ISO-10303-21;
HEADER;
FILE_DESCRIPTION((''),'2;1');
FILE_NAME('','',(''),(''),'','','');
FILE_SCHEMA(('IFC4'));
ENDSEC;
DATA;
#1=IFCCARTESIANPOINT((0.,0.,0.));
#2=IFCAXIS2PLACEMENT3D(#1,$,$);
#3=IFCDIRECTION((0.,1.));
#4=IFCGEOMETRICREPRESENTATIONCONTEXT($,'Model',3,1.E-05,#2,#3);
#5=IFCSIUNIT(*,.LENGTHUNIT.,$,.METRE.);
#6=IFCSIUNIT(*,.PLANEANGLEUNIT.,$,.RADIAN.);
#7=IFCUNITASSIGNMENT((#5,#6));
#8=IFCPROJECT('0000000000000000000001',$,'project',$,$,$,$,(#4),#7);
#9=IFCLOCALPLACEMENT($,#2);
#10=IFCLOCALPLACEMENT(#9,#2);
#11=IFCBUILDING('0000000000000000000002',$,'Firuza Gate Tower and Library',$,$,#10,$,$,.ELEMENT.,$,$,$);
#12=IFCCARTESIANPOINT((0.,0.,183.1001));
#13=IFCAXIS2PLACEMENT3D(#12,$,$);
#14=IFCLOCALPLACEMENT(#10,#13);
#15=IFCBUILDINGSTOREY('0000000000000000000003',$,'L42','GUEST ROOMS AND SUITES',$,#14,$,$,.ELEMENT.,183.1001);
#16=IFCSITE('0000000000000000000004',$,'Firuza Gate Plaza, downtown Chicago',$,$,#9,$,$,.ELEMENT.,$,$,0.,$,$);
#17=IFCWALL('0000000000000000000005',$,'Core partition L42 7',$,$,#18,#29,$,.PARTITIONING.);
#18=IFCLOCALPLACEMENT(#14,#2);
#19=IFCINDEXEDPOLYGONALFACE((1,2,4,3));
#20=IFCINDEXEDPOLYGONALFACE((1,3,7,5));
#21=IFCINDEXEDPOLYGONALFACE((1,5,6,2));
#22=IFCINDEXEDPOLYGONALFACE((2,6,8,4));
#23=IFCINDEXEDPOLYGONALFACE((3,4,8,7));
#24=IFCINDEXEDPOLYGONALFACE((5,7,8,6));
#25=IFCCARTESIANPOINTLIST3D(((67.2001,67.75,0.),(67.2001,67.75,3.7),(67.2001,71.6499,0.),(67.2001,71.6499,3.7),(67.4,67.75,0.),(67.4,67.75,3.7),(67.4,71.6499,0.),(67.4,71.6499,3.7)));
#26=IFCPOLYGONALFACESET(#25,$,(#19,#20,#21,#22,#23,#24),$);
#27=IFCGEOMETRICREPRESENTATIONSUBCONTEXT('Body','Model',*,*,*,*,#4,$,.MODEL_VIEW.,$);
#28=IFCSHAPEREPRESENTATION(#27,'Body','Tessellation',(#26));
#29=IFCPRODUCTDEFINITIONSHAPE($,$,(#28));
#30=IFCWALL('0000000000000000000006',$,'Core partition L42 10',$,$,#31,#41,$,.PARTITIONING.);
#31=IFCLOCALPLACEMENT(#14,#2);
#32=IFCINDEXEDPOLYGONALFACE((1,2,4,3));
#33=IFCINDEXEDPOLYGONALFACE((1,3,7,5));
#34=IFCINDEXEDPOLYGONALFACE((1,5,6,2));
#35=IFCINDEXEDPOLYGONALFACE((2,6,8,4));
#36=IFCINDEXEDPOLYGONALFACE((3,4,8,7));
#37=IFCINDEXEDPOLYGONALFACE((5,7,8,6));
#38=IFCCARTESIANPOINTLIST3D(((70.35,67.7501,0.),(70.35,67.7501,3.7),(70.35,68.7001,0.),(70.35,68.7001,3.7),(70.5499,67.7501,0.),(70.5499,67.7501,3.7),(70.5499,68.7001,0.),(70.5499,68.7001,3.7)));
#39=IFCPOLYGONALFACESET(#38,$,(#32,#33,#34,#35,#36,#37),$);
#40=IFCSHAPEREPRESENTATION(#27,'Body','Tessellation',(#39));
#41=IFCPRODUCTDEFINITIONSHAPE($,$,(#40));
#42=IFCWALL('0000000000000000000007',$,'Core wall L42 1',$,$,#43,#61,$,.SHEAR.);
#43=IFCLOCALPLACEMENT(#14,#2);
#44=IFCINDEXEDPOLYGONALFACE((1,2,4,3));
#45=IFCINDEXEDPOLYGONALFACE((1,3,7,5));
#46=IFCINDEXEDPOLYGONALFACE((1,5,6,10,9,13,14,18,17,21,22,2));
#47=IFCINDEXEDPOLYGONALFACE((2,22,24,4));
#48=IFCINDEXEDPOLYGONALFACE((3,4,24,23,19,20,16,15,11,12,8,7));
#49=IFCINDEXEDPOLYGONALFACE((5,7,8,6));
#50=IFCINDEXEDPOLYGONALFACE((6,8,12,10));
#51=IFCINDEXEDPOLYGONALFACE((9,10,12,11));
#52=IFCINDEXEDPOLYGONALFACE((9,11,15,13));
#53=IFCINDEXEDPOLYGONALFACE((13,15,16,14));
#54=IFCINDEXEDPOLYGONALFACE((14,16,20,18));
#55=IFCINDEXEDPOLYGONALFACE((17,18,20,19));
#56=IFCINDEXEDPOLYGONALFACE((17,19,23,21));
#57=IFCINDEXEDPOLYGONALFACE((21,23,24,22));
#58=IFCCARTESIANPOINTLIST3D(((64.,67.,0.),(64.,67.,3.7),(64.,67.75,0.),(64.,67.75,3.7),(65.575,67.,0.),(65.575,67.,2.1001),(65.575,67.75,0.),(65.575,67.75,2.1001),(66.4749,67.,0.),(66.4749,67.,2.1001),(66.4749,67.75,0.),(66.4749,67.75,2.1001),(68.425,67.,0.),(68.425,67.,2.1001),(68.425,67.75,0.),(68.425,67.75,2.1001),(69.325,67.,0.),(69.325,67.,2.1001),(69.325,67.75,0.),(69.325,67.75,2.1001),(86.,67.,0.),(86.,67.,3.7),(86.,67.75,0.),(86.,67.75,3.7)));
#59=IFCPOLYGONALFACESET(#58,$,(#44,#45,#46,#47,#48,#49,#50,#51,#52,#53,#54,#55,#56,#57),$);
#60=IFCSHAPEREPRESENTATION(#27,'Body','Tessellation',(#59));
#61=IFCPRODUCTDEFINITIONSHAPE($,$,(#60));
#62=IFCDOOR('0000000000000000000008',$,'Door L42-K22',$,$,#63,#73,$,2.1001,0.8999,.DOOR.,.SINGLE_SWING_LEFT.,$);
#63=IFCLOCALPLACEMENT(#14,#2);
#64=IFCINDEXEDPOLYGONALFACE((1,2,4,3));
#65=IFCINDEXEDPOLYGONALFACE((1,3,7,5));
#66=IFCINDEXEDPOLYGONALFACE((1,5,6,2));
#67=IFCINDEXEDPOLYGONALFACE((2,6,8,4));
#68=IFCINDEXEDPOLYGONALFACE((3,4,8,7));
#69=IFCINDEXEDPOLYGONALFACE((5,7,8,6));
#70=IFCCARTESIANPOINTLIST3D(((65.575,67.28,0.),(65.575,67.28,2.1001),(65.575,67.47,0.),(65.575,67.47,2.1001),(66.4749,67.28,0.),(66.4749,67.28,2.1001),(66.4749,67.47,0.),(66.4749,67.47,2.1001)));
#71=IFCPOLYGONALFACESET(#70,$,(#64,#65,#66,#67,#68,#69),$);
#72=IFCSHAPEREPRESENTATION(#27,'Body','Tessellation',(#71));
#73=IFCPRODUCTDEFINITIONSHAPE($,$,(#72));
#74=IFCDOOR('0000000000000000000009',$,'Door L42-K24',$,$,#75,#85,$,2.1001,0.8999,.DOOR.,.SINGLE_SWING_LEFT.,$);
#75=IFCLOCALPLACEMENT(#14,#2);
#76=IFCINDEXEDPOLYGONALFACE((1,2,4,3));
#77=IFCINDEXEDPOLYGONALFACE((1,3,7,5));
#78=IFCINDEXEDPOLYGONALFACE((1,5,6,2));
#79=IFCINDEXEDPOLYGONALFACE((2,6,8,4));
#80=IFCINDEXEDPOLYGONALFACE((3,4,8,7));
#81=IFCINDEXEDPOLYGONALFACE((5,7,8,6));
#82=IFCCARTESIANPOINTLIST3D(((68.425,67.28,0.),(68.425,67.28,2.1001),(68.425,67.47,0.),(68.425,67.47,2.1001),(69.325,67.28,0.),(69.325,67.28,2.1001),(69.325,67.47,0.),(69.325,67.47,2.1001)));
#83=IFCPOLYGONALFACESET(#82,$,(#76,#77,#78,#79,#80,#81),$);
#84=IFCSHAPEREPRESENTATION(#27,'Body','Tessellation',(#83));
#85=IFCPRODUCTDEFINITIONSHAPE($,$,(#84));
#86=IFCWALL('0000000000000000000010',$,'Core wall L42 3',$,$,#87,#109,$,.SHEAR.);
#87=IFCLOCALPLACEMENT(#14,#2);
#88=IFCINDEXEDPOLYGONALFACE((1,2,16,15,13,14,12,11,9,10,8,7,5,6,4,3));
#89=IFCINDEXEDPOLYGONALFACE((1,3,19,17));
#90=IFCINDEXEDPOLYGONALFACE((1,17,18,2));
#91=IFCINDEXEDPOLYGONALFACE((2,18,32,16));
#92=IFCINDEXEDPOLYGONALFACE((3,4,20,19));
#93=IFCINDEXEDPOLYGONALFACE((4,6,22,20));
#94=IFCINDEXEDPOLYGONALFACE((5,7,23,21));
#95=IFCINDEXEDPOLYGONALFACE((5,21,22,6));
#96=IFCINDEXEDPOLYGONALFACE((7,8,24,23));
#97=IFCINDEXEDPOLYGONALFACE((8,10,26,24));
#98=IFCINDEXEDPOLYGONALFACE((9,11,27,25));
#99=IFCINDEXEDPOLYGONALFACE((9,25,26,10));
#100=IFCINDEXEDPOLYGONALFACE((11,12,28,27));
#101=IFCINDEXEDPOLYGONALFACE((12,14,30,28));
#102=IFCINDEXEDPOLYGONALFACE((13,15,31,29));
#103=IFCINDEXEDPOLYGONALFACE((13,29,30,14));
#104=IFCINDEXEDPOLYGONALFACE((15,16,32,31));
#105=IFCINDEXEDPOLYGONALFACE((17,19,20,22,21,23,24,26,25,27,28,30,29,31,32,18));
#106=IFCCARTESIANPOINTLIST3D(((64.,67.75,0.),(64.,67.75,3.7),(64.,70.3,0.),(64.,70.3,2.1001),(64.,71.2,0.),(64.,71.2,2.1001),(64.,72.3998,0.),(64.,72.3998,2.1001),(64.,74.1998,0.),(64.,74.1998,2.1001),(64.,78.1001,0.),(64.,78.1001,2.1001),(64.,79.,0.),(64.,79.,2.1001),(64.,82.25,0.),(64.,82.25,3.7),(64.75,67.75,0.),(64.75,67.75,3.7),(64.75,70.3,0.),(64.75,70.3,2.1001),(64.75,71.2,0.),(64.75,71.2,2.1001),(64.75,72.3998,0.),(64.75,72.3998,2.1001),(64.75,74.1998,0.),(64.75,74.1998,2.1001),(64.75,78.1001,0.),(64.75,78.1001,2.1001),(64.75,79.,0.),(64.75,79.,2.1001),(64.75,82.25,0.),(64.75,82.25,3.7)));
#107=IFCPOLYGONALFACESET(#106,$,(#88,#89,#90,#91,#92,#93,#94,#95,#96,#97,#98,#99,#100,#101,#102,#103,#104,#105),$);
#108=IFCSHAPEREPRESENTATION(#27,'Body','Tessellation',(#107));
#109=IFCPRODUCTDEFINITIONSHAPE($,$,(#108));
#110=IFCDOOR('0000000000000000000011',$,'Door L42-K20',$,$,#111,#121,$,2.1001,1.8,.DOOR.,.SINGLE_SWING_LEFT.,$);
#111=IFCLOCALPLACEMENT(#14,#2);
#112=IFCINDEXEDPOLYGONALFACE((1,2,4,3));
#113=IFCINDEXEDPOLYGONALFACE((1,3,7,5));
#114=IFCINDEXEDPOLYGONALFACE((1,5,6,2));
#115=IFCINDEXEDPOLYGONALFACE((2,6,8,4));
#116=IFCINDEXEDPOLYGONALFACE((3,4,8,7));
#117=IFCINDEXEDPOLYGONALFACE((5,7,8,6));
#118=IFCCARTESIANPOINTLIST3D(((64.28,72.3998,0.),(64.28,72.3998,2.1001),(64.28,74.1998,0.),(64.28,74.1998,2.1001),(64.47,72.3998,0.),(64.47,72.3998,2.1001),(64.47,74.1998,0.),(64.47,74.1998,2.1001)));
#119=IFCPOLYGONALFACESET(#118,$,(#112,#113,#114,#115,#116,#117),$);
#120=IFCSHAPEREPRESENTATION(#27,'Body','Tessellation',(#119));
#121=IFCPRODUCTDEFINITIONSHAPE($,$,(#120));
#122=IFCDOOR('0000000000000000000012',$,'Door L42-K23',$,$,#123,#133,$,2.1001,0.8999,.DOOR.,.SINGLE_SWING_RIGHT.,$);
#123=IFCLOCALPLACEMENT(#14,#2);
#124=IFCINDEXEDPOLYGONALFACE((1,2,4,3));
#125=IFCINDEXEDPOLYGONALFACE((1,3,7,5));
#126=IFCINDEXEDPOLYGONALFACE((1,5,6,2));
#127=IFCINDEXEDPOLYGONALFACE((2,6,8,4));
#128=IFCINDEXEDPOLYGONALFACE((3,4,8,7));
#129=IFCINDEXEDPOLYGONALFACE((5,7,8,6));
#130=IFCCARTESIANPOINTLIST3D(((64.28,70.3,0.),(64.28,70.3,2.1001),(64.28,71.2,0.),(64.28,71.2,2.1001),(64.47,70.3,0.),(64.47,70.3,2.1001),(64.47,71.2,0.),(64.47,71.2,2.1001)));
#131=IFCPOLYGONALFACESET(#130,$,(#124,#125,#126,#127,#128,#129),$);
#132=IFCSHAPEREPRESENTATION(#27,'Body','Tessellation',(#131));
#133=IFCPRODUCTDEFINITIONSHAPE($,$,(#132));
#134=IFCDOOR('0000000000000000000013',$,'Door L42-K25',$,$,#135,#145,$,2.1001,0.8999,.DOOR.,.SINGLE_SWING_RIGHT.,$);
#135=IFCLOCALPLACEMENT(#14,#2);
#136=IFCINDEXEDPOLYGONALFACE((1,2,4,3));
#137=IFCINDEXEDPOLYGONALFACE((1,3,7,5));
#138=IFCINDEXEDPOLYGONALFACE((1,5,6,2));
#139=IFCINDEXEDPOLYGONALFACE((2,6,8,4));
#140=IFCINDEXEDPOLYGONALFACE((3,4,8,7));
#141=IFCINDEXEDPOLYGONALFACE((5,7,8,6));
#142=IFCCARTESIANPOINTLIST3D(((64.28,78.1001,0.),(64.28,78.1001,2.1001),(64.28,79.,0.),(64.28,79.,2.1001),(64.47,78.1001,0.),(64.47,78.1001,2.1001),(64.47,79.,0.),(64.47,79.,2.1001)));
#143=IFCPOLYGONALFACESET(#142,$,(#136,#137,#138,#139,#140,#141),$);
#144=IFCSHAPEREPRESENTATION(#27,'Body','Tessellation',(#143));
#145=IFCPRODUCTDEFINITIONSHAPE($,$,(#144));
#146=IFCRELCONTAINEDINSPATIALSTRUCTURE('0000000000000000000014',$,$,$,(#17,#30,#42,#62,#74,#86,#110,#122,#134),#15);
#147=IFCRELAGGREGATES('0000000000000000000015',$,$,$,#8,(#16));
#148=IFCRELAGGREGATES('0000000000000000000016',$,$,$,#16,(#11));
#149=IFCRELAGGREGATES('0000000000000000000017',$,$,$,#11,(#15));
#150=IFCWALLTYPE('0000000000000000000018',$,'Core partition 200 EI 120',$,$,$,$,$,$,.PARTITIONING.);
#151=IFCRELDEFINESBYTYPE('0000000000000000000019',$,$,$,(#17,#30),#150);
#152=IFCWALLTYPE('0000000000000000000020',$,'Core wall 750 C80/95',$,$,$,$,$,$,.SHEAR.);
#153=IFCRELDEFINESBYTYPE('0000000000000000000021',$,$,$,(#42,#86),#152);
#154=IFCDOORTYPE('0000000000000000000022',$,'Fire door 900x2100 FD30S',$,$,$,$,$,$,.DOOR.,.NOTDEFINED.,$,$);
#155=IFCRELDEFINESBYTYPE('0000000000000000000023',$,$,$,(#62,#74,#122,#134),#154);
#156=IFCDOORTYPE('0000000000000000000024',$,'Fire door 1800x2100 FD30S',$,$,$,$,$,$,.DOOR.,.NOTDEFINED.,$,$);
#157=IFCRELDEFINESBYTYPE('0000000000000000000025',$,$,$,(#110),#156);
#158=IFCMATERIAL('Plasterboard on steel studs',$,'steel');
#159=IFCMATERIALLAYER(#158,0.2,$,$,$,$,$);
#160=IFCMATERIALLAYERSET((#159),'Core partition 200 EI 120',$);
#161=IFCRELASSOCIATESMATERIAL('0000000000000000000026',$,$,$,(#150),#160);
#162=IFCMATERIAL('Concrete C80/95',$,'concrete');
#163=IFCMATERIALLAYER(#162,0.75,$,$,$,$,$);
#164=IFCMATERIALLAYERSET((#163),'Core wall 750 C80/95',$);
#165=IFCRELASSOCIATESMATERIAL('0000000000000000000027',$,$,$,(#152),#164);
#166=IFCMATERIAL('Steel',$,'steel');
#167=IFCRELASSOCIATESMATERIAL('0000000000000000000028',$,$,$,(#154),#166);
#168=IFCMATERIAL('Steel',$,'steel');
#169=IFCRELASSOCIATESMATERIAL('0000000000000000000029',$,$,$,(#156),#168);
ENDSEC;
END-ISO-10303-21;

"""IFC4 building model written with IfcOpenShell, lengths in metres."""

from ifc_helpers import new_model, si_unit, direction, frame, frame_2d, origin, place, context, subcontext, project, spatial, rectangle, extrude, material, layer, layer_set, type_object, element, fill, save


model = new_model("IFC4")

# Units and contexts
model_context = context("Model", 3, precision=1e-05, world=origin(), true_north=direction((0.0, 1.0)))
body_context = subcontext(model_context, "Body", "Model", "MODEL_VIEW")
ifc_project = project(units=[si_unit("LENGTHUNIT", "METRE"), si_unit("PLANEANGLEUNIT", "RADIAN")], contexts=[model_context])

# Site, building, storey
site_placement = place(None, origin())
site = spatial("IfcSite", under=ifc_project, at=site_placement, Name="Firuza Gate Plaza, downtown Chicago", CompositionType="ELEMENT", RefElevation=0.0)
building_placement = place(site_placement, origin())
building = spatial("IfcBuilding", under=site, at=building_placement, Name="Firuza Gate Tower and Library", CompositionType="ELEMENT")
storey_placement = place(building_placement, frame((0.0, 0.0, 183.1001)))
storey = spatial("IfcBuildingStorey", under=building, at=storey_placement, Name="L42", Description="GUEST ROOMS AND SUITES", CompositionType="ELEMENT", Elevation=183.1001)

# Walls
ifc_material_1 = material(Name="Plasterboard on steel studs", Category="steel")
ifc_layer_1 = layer(ifc_material_1, 0.2)
ifc_layer_set_1 = layer_set([ifc_layer_1], Name="Core partition 200 EI 120")
wall_type_1 = type_object("IfcWallType", Name="Core partition 200 EI 120", PredefinedType="PARTITIONING", material=ifc_layer_set_1)
wall_1_placement = place(storey_placement, frame((67.3, 67.75, 0.0), z_axis=(0.0, 0.0, 1.0), x_axis=(0.0, 1.0, 0.0)))
element("IfcWall", 1, at=wall_1_placement, inside=storey, type_object=wall_type_1, Name="Core partition L42 7", PredefinedType="PARTITIONING", context=body_context, shape_type="SweptSolid", body=[
    extrude(rectangle(XDim=3.8999, YDim=0.2, at=frame_2d((1.95, 0.0))), origin(), (0.0, 0.0, 1.0), 3.7),
])
wall_2_placement = place(storey_placement, frame((70.45, 67.75, 0.0), z_axis=(0.0, 0.0, 1.0), x_axis=(0.0, 1.0, 0.0)))
element("IfcWall", 2, at=wall_2_placement, inside=storey, type_object=wall_type_1, Name="Core partition L42 10", PredefinedType="PARTITIONING", context=body_context, shape_type="SweptSolid", body=[
    extrude(rectangle(XDim=0.95, YDim=0.2, at=frame_2d((0.4751, 0.0))), origin(), (0.0, 0.0, 1.0), 3.7),
])

# Walls, openings, doors
ifc_material_2 = material(Name="Concrete C80/95", Category="concrete")
ifc_layer_2 = layer(ifc_material_2, 0.75)
ifc_layer_set_2 = layer_set([ifc_layer_2], Name="Core wall 750 C80/95")
wall_type_2 = type_object("IfcWallType", Name="Core wall 750 C80/95", PredefinedType="SHEAR", material=ifc_layer_set_2)
wall_3_placement = place(storey_placement, frame((64.0, 67.375, 0.0), z_axis=(0.0, 0.0, 1.0), x_axis=(1.0, 0.0, 0.0)))
wall_3 = element("IfcWall", 3, at=wall_3_placement, inside=storey, type_object=wall_type_2, Name="Core wall L42 1", PredefinedType="SHEAR", context=body_context, shape_type="SweptSolid", body=[
    extrude(rectangle(XDim=22.0, YDim=0.75, at=frame_2d((11.0, 0.0))), origin(), (0.0, 0.0, 1.0), 3.7),
])
opening_1_placement = place(wall_3_placement, frame((1.575, 0.0, 0.0)))
opening_1 = element("IfcOpeningElement", 4, at=opening_1_placement, cuts=wall_3, PredefinedType="OPENING", context=body_context, shape_type="SweptSolid", body=[
    extrude(rectangle(XDim=0.8999, YDim=2.1001, at=frame_2d((0.45, 1.05))), frame((0.0, 0.385, 0.0), z_axis=(0.0, -1.0, 0.0), x_axis=(1.0, 0.0, 0.0)), (0.0, 0.0, 1.0), 0.77),
])
opening_2_placement = place(wall_3_placement, frame((4.425, 0.0, 0.0)))
opening_2 = element("IfcOpeningElement", 5, at=opening_2_placement, cuts=wall_3, PredefinedType="OPENING", context=body_context, shape_type="SweptSolid", body=[
    extrude(rectangle(XDim=0.8999, YDim=2.1001, at=frame_2d((0.45, 1.05))), frame((0.0, 0.385, 0.0), z_axis=(0.0, -1.0, 0.0), x_axis=(1.0, 0.0, 0.0)), (0.0, 0.0, 1.0), 0.77),
])
ifc_material_3 = material(Name="Steel", Category="steel")
door_type_1 = type_object("IfcDoorType", Name="Fire door 900x2100 FD30S", OperationType="NOTDEFINED", PredefinedType="DOOR", material=ifc_material_3)
door_1_placement = place(opening_1_placement, origin())
door_1 = element("IfcDoor", 6, at=door_1_placement, inside=storey, type_object=door_type_1, Name="Door L42-K22", OperationType="SINGLE_SWING_LEFT", OverallHeight=2.1001, OverallWidth=0.8999, PredefinedType="DOOR", context=body_context, shape_type="SweptSolid", body=[
    extrude(rectangle(XDim=0.8999, YDim=2.1001, at=frame_2d((0.45, 1.05))), frame((0.0, 0.095, 0.0), z_axis=(0.0, -1.0, 0.0), x_axis=(1.0, 0.0, 0.0)), (0.0, 0.0, 1.0), 0.1899),
])
fill(opening_1, door_1)
door_2_placement = place(opening_2_placement, origin())
door_2 = element("IfcDoor", 7, at=door_2_placement, inside=storey, type_object=door_type_1, Name="Door L42-K24", OperationType="SINGLE_SWING_LEFT", OverallHeight=2.1001, OverallWidth=0.8999, PredefinedType="DOOR", context=body_context, shape_type="SweptSolid", body=[
    extrude(rectangle(XDim=0.8999, YDim=2.1001, at=frame_2d((0.45, 1.05))), frame((0.0, 0.095, 0.0), z_axis=(0.0, -1.0, 0.0), x_axis=(1.0, 0.0, 0.0)), (0.0, 0.0, 1.0), 0.1899),
])
fill(opening_2, door_2)
wall_4_placement = place(storey_placement, frame((64.375, 67.75, 0.0), z_axis=(0.0, 0.0, 1.0), x_axis=(0.0, 1.0, 0.0)))
wall_4 = element("IfcWall", 8, at=wall_4_placement, inside=storey, type_object=wall_type_2, Name="Core wall L42 3", PredefinedType="SHEAR", context=body_context, shape_type="SweptSolid", body=[
    extrude(rectangle(XDim=14.5, YDim=0.75, at=frame_2d((7.25, 0.0))), origin(), (0.0, 0.0, 1.0), 3.7),
])
opening_3_placement = place(wall_4_placement, frame((4.6499, 0.0, 0.0)))
opening_3 = element("IfcOpeningElement", 9, at=opening_3_placement, cuts=wall_4, PredefinedType="OPENING", context=body_context, shape_type="SweptSolid", body=[
    extrude(rectangle(XDim=1.8, YDim=2.1001, at=frame_2d((0.8999, 1.05))), frame((0.0, 0.385, 0.0), z_axis=(0.0, -1.0, 0.0), x_axis=(1.0, 0.0, 0.0)), (0.0, 0.0, 1.0), 0.77),
])
opening_4_placement = place(wall_4_placement, frame((2.55, 0.0, 0.0)))
opening_4 = element("IfcOpeningElement", 10, at=opening_4_placement, cuts=wall_4, PredefinedType="OPENING", context=body_context, shape_type="SweptSolid", body=[
    extrude(rectangle(XDim=0.8999, YDim=2.1001, at=frame_2d((0.45, 1.05))), frame((0.0, 0.385, 0.0), z_axis=(0.0, -1.0, 0.0), x_axis=(1.0, 0.0, 0.0)), (0.0, 0.0, 1.0), 0.77),
])
opening_5_placement = place(wall_4_placement, frame((10.3501, 0.0, 0.0)))
opening_5 = element("IfcOpeningElement", 11, at=opening_5_placement, cuts=wall_4, PredefinedType="OPENING", context=body_context, shape_type="SweptSolid", body=[
    extrude(rectangle(XDim=0.8999, YDim=2.1001, at=frame_2d((0.45, 1.05))), frame((0.0, 0.385, 0.0), z_axis=(0.0, -1.0, 0.0), x_axis=(1.0, 0.0, 0.0)), (0.0, 0.0, 1.0), 0.77),
])
ifc_material_4 = material(Name="Steel", Category="steel")
door_type_2 = type_object("IfcDoorType", Name="Fire door 1800x2100 FD30S", OperationType="NOTDEFINED", PredefinedType="DOOR", material=ifc_material_4)
door_3_placement = place(opening_3_placement, origin())
door_3 = element("IfcDoor", 12, at=door_3_placement, inside=storey, type_object=door_type_2, Name="Door L42-K20", OperationType="SINGLE_SWING_LEFT", OverallHeight=2.1001, OverallWidth=1.8, PredefinedType="DOOR", context=body_context, shape_type="SweptSolid", body=[
    extrude(rectangle(XDim=1.8, YDim=2.1001, at=frame_2d((0.8999, 1.05))), frame((0.0, 0.095, 0.0), z_axis=(0.0, -1.0, 0.0), x_axis=(1.0, 0.0, 0.0)), (0.0, 0.0, 1.0), 0.1899),
])
fill(opening_3, door_3)
door_4_placement = place(opening_4_placement, origin())
door_4 = element("IfcDoor", 13, at=door_4_placement, inside=storey, type_object=door_type_1, Name="Door L42-K23", OperationType="SINGLE_SWING_RIGHT", OverallHeight=2.1001, OverallWidth=0.8999, PredefinedType="DOOR", context=body_context, shape_type="SweptSolid", body=[
    extrude(rectangle(XDim=0.8999, YDim=2.1001, at=frame_2d((0.45, 1.05))), frame((0.0, 0.095, 0.0), z_axis=(0.0, -1.0, 0.0), x_axis=(1.0, 0.0, 0.0)), (0.0, 0.0, 1.0), 0.1899),
])
fill(opening_4, door_4)
door_5_placement = place(opening_5_placement, origin())
door_5 = element("IfcDoor", 14, at=door_5_placement, inside=storey, type_object=door_type_1, Name="Door L42-K25", OperationType="SINGLE_SWING_RIGHT", OverallHeight=2.1001, OverallWidth=0.8999, PredefinedType="DOOR", context=body_context, shape_type="SweptSolid", body=[
    extrude(rectangle(XDim=0.8999, YDim=2.1001, at=frame_2d((0.45, 1.05))), frame((0.0, 0.095, 0.0), z_axis=(0.0, -1.0, 0.0), x_axis=(1.0, 0.0, 0.0)), (0.0, 0.0, 1.0), 0.1899),
])
fill(opening_5, door_5)

save(model, "model.ifc")
